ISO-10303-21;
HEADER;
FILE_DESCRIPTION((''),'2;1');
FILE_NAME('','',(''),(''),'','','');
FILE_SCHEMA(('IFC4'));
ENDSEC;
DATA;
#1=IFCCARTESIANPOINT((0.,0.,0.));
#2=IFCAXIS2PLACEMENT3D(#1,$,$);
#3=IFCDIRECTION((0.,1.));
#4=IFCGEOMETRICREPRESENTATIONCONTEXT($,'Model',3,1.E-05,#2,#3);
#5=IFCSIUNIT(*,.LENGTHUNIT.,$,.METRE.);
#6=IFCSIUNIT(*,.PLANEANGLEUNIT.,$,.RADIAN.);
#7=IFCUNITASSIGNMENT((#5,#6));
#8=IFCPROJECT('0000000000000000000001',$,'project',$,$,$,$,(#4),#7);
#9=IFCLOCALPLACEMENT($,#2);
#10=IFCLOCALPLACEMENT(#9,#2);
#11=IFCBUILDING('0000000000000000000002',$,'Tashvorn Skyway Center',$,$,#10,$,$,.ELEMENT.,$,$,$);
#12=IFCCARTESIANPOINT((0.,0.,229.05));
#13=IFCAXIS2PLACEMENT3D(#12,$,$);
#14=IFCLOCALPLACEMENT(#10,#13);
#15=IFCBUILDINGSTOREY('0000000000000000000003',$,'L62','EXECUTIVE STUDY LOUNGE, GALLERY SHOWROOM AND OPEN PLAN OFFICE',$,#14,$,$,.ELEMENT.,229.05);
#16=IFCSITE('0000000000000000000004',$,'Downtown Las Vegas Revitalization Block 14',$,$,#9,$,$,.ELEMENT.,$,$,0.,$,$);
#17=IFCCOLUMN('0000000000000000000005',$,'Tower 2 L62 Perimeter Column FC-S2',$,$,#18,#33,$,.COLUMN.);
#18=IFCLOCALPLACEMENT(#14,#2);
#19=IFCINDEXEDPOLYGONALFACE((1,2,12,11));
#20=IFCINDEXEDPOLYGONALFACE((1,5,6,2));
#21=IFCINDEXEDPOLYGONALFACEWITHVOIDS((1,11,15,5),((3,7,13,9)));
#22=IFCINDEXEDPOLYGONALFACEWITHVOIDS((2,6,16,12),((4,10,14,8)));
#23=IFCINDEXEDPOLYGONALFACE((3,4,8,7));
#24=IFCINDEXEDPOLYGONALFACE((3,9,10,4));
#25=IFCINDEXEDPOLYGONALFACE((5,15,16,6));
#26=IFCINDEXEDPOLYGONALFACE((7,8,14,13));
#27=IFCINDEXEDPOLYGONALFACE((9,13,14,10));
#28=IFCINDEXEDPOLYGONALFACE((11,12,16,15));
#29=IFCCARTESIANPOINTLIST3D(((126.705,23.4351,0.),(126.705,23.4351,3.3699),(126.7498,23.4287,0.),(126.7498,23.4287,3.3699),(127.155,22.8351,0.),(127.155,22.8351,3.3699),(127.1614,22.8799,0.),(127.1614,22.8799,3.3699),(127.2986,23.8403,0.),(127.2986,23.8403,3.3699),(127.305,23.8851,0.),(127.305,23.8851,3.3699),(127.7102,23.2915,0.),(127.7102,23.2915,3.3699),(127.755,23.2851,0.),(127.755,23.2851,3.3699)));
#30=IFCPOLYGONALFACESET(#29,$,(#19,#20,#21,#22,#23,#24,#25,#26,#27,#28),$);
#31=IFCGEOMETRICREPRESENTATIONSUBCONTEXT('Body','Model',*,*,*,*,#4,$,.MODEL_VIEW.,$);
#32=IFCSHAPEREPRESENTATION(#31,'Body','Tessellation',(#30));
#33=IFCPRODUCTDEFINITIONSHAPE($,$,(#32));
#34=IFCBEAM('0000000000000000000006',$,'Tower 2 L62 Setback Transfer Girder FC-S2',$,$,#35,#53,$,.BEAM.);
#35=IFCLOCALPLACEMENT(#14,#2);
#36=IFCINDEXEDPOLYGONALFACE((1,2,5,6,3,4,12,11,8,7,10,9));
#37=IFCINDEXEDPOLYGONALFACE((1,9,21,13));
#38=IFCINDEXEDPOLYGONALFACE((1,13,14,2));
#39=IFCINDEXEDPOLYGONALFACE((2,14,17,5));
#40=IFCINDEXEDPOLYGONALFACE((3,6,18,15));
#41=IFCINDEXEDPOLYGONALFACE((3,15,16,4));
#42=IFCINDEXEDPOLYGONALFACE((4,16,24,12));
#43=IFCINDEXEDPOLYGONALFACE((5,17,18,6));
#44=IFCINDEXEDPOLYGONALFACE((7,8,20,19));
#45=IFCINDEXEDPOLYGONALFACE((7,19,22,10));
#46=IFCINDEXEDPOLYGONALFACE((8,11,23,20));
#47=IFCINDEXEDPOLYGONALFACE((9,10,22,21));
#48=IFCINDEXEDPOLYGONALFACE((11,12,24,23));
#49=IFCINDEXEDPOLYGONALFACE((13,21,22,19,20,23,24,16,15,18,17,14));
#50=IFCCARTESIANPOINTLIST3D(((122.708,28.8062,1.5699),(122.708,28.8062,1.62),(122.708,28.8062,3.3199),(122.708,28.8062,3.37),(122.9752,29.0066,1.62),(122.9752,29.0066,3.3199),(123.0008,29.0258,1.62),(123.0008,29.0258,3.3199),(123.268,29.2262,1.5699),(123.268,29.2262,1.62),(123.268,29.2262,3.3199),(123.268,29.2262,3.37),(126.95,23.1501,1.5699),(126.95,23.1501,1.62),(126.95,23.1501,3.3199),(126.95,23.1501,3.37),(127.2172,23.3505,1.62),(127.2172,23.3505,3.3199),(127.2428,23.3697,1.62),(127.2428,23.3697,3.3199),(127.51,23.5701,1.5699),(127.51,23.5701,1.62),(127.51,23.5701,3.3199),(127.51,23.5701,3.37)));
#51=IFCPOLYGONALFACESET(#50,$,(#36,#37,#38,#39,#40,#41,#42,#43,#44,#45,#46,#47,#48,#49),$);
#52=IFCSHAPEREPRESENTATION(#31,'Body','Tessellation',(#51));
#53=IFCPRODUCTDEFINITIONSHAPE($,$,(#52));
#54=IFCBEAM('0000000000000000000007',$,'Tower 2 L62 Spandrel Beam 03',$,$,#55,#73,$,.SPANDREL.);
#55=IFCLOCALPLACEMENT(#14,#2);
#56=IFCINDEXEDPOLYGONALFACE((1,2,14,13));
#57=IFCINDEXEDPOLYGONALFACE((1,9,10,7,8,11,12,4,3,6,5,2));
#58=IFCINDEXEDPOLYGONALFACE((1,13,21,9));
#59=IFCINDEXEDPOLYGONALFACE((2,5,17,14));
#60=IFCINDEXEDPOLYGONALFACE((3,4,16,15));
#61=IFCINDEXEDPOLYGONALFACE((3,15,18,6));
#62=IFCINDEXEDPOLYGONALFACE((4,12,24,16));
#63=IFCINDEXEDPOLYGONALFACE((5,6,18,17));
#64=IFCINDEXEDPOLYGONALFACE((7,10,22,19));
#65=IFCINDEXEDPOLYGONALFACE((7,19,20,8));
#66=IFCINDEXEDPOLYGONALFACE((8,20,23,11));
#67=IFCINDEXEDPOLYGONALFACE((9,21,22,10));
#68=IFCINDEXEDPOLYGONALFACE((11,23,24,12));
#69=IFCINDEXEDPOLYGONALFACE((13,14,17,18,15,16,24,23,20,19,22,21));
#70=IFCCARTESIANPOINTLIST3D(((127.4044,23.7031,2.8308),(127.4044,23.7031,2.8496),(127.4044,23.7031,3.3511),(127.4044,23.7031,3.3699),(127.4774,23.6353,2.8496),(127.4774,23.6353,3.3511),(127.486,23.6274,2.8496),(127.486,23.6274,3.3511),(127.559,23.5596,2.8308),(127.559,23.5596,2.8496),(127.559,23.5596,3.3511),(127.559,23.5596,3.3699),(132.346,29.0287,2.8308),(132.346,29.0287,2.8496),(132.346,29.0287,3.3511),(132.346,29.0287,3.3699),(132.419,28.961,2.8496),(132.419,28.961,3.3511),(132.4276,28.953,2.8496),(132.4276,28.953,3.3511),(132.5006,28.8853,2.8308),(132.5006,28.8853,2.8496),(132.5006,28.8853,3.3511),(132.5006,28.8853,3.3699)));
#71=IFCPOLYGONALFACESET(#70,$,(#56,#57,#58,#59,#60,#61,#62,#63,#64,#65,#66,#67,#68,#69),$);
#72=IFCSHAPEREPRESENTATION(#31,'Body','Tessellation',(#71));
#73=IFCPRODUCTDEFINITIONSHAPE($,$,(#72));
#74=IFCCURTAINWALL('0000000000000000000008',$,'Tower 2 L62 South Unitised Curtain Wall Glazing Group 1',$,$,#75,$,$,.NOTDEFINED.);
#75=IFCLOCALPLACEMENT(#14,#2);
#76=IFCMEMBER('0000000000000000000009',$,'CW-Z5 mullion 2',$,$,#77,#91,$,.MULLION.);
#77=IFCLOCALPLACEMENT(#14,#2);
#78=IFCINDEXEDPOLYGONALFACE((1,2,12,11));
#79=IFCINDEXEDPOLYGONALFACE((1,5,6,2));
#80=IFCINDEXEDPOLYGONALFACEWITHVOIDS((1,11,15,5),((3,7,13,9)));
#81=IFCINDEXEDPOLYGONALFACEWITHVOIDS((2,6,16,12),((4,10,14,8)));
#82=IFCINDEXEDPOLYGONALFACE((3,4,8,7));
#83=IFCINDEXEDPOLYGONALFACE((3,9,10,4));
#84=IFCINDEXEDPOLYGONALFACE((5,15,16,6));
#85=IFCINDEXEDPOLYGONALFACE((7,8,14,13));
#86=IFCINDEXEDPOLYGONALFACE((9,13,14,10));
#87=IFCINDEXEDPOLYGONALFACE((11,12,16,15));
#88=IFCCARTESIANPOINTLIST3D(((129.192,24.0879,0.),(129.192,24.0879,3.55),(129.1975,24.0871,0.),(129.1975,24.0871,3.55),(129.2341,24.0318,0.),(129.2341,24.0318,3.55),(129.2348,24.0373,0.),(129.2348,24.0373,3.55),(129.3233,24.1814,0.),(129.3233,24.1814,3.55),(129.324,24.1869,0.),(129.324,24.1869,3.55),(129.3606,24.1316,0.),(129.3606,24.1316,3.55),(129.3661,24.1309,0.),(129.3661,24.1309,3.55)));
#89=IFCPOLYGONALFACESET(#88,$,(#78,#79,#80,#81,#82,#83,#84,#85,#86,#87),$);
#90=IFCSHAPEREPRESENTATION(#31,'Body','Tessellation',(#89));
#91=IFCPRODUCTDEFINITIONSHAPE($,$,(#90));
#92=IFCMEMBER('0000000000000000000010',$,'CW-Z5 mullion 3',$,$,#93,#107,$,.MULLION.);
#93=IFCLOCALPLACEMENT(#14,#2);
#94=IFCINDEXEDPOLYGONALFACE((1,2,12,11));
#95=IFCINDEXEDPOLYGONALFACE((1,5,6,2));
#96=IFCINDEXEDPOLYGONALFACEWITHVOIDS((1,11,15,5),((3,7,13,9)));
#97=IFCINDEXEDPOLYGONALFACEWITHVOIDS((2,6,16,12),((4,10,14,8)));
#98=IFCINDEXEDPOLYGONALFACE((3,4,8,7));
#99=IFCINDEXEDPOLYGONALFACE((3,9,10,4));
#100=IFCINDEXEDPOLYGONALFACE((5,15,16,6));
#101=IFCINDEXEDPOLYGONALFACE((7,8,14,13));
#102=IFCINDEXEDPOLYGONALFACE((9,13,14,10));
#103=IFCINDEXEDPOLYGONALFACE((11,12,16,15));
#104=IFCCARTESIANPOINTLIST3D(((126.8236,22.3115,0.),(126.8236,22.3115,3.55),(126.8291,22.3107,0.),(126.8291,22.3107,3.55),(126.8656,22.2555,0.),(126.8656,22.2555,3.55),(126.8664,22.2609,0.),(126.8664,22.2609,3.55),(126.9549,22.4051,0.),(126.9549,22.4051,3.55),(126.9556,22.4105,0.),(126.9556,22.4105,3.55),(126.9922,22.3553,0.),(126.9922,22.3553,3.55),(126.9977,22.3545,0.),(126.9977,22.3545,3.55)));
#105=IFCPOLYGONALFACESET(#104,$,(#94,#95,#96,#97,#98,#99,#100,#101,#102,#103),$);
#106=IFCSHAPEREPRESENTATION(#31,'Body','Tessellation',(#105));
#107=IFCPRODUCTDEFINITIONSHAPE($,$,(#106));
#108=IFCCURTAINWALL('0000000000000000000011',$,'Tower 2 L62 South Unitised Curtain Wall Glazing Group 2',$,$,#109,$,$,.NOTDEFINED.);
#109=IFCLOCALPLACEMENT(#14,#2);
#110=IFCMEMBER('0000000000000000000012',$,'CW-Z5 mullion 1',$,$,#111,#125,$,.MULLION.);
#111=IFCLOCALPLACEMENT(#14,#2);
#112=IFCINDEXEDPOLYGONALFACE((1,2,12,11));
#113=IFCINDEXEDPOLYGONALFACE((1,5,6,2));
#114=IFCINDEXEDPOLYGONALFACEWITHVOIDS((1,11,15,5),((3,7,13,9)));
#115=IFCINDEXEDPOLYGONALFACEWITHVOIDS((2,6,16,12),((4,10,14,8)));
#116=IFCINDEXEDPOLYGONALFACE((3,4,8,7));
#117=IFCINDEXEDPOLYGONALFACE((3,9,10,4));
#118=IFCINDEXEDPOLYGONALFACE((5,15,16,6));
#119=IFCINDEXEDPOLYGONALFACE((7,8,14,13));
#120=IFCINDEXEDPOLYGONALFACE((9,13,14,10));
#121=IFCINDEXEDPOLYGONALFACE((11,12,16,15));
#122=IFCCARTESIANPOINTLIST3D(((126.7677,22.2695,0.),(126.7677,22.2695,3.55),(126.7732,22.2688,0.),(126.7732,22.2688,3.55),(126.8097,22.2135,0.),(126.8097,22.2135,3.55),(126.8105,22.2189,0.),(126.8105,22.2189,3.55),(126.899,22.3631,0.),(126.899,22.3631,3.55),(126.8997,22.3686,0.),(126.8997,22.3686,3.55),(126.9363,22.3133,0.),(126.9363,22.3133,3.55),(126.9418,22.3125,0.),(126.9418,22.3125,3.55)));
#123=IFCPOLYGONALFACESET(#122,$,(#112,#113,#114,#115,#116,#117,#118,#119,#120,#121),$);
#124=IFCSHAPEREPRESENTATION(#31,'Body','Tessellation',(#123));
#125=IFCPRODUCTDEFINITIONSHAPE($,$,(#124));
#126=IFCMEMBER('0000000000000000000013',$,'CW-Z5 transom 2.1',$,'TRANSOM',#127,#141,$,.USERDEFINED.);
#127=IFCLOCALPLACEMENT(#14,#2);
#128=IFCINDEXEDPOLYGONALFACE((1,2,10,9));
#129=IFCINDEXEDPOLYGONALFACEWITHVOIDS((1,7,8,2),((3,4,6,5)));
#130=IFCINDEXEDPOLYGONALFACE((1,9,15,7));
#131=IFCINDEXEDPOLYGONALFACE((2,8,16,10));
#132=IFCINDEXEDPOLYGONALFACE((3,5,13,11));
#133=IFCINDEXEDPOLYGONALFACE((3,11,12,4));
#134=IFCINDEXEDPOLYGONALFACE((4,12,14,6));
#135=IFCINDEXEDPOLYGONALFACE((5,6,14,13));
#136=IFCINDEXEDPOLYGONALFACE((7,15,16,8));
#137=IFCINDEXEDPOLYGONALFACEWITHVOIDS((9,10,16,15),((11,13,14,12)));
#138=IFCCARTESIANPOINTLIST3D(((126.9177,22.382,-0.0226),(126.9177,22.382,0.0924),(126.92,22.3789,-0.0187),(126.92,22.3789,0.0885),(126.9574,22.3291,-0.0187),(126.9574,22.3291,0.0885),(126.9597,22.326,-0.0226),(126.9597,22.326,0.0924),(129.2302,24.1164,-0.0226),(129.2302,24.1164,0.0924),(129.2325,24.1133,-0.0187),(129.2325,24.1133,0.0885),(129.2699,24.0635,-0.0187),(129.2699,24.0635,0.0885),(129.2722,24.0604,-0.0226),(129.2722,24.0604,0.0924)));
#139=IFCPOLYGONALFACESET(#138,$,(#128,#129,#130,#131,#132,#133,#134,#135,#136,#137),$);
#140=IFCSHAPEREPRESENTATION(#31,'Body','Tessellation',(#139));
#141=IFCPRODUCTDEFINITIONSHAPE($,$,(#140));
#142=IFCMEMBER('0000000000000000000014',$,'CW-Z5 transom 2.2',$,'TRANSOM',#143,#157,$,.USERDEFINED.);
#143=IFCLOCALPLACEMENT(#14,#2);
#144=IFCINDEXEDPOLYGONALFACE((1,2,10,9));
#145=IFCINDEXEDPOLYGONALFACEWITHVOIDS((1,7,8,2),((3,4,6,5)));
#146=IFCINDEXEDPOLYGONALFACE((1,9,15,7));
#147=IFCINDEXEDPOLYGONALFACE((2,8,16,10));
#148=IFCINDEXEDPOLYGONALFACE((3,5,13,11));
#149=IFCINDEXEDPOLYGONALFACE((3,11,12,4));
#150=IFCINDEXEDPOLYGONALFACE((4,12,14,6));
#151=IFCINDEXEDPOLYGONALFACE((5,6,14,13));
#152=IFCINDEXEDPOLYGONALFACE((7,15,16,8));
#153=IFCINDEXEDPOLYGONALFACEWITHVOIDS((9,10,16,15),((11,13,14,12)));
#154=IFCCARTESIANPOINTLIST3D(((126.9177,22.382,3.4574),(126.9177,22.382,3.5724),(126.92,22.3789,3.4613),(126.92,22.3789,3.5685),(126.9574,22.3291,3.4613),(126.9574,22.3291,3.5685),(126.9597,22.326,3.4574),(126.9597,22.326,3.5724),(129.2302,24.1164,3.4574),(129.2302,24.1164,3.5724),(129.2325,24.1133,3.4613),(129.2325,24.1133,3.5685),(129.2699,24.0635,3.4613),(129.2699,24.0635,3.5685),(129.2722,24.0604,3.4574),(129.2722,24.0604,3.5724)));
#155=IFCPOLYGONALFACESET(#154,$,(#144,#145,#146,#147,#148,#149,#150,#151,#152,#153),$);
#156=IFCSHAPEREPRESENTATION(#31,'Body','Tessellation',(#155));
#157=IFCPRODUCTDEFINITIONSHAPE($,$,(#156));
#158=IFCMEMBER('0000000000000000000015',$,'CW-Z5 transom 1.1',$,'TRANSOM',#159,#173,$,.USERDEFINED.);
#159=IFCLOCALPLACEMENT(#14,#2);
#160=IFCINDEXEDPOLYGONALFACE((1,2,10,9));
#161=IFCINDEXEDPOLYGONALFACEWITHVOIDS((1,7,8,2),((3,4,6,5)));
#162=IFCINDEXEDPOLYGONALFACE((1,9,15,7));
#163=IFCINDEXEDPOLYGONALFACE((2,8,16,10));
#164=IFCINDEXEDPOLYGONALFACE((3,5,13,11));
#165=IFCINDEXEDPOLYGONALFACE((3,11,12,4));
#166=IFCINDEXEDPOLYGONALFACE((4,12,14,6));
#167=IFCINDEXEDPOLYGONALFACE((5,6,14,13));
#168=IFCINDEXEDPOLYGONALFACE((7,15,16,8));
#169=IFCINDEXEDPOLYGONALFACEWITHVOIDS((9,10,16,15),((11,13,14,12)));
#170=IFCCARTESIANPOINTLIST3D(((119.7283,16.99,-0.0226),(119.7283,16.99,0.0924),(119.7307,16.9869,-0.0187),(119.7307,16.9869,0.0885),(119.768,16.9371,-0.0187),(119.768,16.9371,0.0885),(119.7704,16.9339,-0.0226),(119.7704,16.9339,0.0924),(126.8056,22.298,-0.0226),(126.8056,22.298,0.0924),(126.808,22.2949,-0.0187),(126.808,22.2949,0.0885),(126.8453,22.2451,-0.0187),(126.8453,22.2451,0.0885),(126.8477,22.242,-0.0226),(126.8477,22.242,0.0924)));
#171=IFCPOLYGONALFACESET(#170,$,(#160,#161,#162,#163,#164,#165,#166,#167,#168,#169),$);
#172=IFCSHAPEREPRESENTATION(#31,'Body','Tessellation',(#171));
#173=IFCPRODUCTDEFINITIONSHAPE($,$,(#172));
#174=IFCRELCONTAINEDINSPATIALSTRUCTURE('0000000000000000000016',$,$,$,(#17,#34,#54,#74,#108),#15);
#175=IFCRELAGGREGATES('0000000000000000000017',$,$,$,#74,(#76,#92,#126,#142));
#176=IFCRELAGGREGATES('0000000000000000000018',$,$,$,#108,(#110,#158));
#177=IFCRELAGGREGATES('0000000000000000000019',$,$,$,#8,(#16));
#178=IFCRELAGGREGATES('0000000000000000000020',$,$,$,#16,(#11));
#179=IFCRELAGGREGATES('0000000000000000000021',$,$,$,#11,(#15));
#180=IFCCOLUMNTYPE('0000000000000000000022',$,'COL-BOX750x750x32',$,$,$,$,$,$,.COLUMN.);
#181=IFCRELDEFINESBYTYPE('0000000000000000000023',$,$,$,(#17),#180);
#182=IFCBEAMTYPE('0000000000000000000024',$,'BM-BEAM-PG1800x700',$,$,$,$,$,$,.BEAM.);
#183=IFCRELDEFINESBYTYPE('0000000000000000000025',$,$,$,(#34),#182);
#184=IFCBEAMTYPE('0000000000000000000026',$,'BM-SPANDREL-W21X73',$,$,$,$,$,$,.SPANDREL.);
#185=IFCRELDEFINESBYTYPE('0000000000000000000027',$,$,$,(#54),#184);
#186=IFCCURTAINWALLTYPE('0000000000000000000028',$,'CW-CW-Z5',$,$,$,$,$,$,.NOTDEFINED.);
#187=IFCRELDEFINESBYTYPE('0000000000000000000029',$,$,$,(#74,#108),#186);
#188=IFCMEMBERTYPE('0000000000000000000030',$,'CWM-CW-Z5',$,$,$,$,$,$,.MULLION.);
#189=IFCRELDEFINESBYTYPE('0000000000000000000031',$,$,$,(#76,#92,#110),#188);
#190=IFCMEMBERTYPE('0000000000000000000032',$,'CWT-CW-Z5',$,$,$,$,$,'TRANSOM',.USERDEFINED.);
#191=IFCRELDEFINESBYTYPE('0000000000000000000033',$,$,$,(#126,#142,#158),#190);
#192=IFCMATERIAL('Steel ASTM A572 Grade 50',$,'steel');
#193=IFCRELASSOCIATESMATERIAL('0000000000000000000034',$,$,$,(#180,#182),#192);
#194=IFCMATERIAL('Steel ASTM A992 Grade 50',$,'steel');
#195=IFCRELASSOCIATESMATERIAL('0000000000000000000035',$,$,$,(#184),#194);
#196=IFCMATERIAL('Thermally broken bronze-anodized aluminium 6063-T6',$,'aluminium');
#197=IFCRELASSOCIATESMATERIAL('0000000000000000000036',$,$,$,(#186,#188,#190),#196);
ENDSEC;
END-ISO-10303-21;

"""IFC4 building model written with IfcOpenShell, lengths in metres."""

from ifc_helpers import new_model, si_unit, direction, frame, origin, origin_2d, place, context, subcontext, project, spatial, hollow_rectangle, i_section, extrude, material, material_profile, profile_set, type_object, element, aggregate, save


model = new_model("IFC4")

# Units and contexts
model_context = context("Model", 3, precision=1e-05, world=origin(), true_north=direction((0.0, 1.0)))
body_context = subcontext(model_context, "Body", "Model", "MODEL_VIEW")
ifc_project = project(units=[si_unit("LENGTHUNIT", "METRE"), si_unit("PLANEANGLEUNIT", "RADIAN")], contexts=[model_context])

# Site, building, storey
site_placement = place(None, origin())
site = spatial("IfcSite", under=ifc_project, at=site_placement, Name="Downtown Las Vegas Revitalization Block 14", CompositionType="ELEMENT", RefElevation=0.0)
building_placement = place(site_placement, origin())
building = spatial("IfcBuilding", under=site, at=building_placement, Name="Tashvorn Skyway Center", CompositionType="ELEMENT")
storey_placement = place(building_placement, frame((0.0, 0.0, 229.05)))
storey = spatial("IfcBuildingStorey", under=building, at=storey_placement, Name="L62", Description="EXECUTIVE STUDY LOUNGE, GALLERY SHOWROOM AND OPEN PLAN OFFICE", CompositionType="ELEMENT", Elevation=229.05)

# Column
ifc_material_1 = material(Name="Steel ASTM A572 Grade 50", Category="steel")
ifc_material_profile_1 = material_profile(ifc_material_1, hollow_rectangle(XDim=0.75, YDim=0.75, WallThickness=0.032, at=origin_2d()), Name="BOX750x750x32")
ifc_profile_set_1 = profile_set([ifc_material_profile_1], Name="Steel ASTM A572 Grade 50")
column_type = type_object("IfcColumnType", Name="COL-BOX750x750x32", PredefinedType="COLUMN", material=ifc_profile_set_1)
column_placement = place(storey_placement, frame((127.23, 23.3601, 0.0), z_axis=(0.0, 0.0, 1.0), x_axis=(0.8, 0.6, 0.0)))
element("IfcColumn", 1, at=column_placement, inside=storey, type_object=column_type, Name="Tower 2 L62 Perimeter Column FC-S2", PredefinedType="COLUMN", context=body_context, shape_type="SweptSolid", body=[
    extrude(hollow_rectangle(XDim=0.75, YDim=0.75, WallThickness=0.032, at=origin_2d()), origin(), (0.0, 0.0, 1.0), 3.3699),
])

# Beams
ifc_material_profile_2 = material_profile(ifc_material_1, i_section(OverallWidth=0.7, OverallDepth=1.8, WebThickness=0.032, FlangeThickness=0.05, at=origin_2d()), Name="PG1800x700")
ifc_profile_set_2 = profile_set([ifc_material_profile_2], Name="Steel ASTM A572 Grade 50")
beam_type_1 = type_object("IfcBeamType", Name="BM-BEAM-PG1800x700", PredefinedType="BEAM", material=ifc_profile_set_2)
beam_1_placement = place(storey_placement, frame((127.23, 23.3601, 2.47), z_axis=(-0.599994, 0.800004, 0.0), x_axis=(-0.800004, -0.599994, 0.0)))
element("IfcBeam", 2, at=beam_1_placement, inside=storey, type_object=beam_type_1, Name="Tower 2 L62 Setback Transfer Girder FC-S2", PredefinedType="BEAM", context=body_context, shape_type="SweptSolid", body=[
    extrude(i_section(OverallWidth=0.7, OverallDepth=1.8, WebThickness=0.032, FlangeThickness=0.05, at=origin_2d()), origin(), (0.0, 0.0, 1.0), 7.0701),
])
ifc_material_2 = material(Name="Steel ASTM A992 Grade 50", Category="steel")
ifc_material_profile_3 = material_profile(ifc_material_2, i_section(OverallWidth=0.2109, OverallDepth=0.5391, WebThickness=0.0117, FlangeThickness=0.0188, at=origin_2d()), Name="W21X73")
ifc_profile_set_3 = profile_set([ifc_material_profile_3], Name="Steel ASTM A992 Grade 50")
beam_type_2 = type_object("IfcBeamType", Name="BM-SPANDREL-W21X73", PredefinedType="SPANDREL", material=ifc_profile_set_3)
beam_2_placement = place(storey_placement, frame((127.4817, 23.6313, 3.1003), z_axis=(0.680183, 0.733042, 0.0), x_axis=(-0.733042, 0.680183, 0.0)))
element("IfcBeam", 3, at=beam_2_placement, inside=storey, type_object=beam_type_2, Name="Tower 2 L62 Spandrel Beam 03", PredefinedType="SPANDREL", context=body_context, shape_type="SweptSolid", body=[
    extrude(i_section(OverallWidth=0.2109, OverallDepth=0.5391, WebThickness=0.0117, FlangeThickness=0.0188, at=origin_2d()), origin(), (0.0, 0.0, 1.0), 7.2651),
])

# Curtain wall, members
ifc_material_3 = material(Name="Thermally broken bronze-anodized aluminium 6063-T6", Category="aluminium")
curtain_wall_type = type_object("IfcCurtainWallType", Name="CW-CW-Z5", PredefinedType="NOTDEFINED", material=ifc_material_3)
curtain_wall_1_placement = place(storey_placement, origin())
curtain_wall_1 = element("IfcCurtainWall", 4, at=curtain_wall_1_placement, inside=storey, type_object=curtain_wall_type, Name="Tower 2 L62 South Unitised Curtain Wall Glazing Group 1", PredefinedType="NOTDEFINED")
ifc_material_profile_4 = material_profile(ifc_material_3, hollow_rectangle(XDim=0.0701, YDim=0.165, WallThickness=0.0039, at=origin_2d()), Name="ALU-MULL-70x165")
ifc_profile_set_4 = profile_set([ifc_material_profile_4], Name="Thermally broken bronze-anodized aluminium 6063-T6")
member_type_1 = type_object("IfcMemberType", Name="CWM-CW-Z5", PredefinedType="MULLION", material=ifc_profile_set_4)
member_1_placement = place(storey_placement, frame((129.2791, 24.1094, 0.0), z_axis=(0.0, 0.0, 1.0), x_axis=(0.600003, -0.799998, 0.0)))
member_1 = element("IfcMember", 5, at=member_1_placement, type_object=member_type_1, Name="CW-Z5 mullion 2", PredefinedType="MULLION", context=body_context, shape_type="SweptSolid", body=[
    extrude(hollow_rectangle(XDim=0.0701, YDim=0.165, WallThickness=0.0039, at=origin_2d()), origin(), (0.0, 0.0, 1.0), 3.55),
])
member_2_placement = place(storey_placement, frame((126.9106, 22.333, 0.0), z_axis=(0.0, 0.0, 1.0), x_axis=(0.600003, -0.799998, 0.0)))
member_2 = element("IfcMember", 6, at=member_2_placement, type_object=member_type_1, Name="CW-Z5 mullion 3", PredefinedType="MULLION", context=body_context, shape_type="SweptSolid", body=[
    extrude(hollow_rectangle(XDim=0.0701, YDim=0.165, WallThickness=0.0039, at=origin_2d()), origin(), (0.0, 0.0, 1.0), 3.55),
])

# Curtain wall, member
curtain_wall_2_placement = place(storey_placement, origin())
curtain_wall_2 = element("IfcCurtainWall", 7, at=curtain_wall_2_placement, inside=storey, type_object=curtain_wall_type, Name="Tower 2 L62 South Unitised Curtain Wall Glazing Group 2", PredefinedType="NOTDEFINED")
member_3_placement = place(storey_placement, frame((126.8547, 22.291, 0.0), z_axis=(0.0, 0.0, 1.0), x_axis=(0.599996, -0.800003, 0.0)))
member_3 = element("IfcMember", 8, at=member_3_placement, type_object=member_type_1, Name="CW-Z5 mullion 1", PredefinedType="MULLION", context=body_context, shape_type="SweptSolid", body=[
    extrude(hollow_rectangle(XDim=0.0701, YDim=0.165, WallThickness=0.0039, at=origin_2d()), origin(), (0.0, 0.0, 1.0), 3.55),
])

# Members
ifc_material_profile_5 = material_profile(ifc_material_3, hollow_rectangle(XDim=0.0701, YDim=0.115, WallThickness=0.0039, at=origin_2d()), Name="ALU-TRAN-70x115")
ifc_profile_set_5 = profile_set([ifc_material_profile_5], Name="Thermally broken bronze-anodized aluminium 6063-T6")
member_type_2 = type_object("IfcMemberType", Name="CWT-CW-Z5", ElementType="TRANSOM", PredefinedType="USERDEFINED", material=ifc_profile_set_5)
member_4_placement = place(storey_placement, frame((129.2512, 24.0884, 0.0349), z_axis=(-0.8, -0.6, 0.0), x_axis=(0.6, -0.8, 0.0)))
member_4 = element("IfcMember", 9, at=member_4_placement, type_object=member_type_2, Name="CW-Z5 transom 2.1", ObjectType="TRANSOM", PredefinedType="USERDEFINED", context=body_context, shape_type="SweptSolid", body=[
    extrude(hollow_rectangle(XDim=0.0701, YDim=0.115, WallThickness=0.0039, at=origin_2d()), origin(), (0.0, 0.0, 1.0), 2.8906),
])
member_5_placement = place(storey_placement, frame((129.2512, 24.0884, 3.5149), z_axis=(-0.8, -0.6, 0.0), x_axis=(0.6, -0.8, 0.0)))
member_5 = element("IfcMember", 10, at=member_5_placement, type_object=member_type_2, Name="CW-Z5 transom 2.2", ObjectType="TRANSOM", PredefinedType="USERDEFINED", context=body_context, shape_type="SweptSolid", body=[
    extrude(hollow_rectangle(XDim=0.0701, YDim=0.115, WallThickness=0.0039, at=origin_2d()), origin(), (0.0, 0.0, 1.0), 2.8906),
])
member_6_placement = place(storey_placement, frame((126.8267, 22.27, 0.0349), z_axis=(-0.799997, -0.600004, 0.0), x_axis=(0.600004, -0.799997, 0.0)))
member_6 = element("IfcMember", 11, at=member_6_placement, type_object=member_type_2, Name="CW-Z5 transom 1.1", ObjectType="TRANSOM", PredefinedType="USERDEFINED", context=body_context, shape_type="SweptSolid", body=[
    extrude(hollow_rectangle(XDim=0.0701, YDim=0.115, WallThickness=0.0039, at=origin_2d()), origin(), (0.0, 0.0, 1.0), 8.8467),
])

aggregate(curtain_wall_1, [member_1, member_2, member_4, member_5])
aggregate(curtain_wall_2, [member_3, member_6])

save(model, "model.ifc")
